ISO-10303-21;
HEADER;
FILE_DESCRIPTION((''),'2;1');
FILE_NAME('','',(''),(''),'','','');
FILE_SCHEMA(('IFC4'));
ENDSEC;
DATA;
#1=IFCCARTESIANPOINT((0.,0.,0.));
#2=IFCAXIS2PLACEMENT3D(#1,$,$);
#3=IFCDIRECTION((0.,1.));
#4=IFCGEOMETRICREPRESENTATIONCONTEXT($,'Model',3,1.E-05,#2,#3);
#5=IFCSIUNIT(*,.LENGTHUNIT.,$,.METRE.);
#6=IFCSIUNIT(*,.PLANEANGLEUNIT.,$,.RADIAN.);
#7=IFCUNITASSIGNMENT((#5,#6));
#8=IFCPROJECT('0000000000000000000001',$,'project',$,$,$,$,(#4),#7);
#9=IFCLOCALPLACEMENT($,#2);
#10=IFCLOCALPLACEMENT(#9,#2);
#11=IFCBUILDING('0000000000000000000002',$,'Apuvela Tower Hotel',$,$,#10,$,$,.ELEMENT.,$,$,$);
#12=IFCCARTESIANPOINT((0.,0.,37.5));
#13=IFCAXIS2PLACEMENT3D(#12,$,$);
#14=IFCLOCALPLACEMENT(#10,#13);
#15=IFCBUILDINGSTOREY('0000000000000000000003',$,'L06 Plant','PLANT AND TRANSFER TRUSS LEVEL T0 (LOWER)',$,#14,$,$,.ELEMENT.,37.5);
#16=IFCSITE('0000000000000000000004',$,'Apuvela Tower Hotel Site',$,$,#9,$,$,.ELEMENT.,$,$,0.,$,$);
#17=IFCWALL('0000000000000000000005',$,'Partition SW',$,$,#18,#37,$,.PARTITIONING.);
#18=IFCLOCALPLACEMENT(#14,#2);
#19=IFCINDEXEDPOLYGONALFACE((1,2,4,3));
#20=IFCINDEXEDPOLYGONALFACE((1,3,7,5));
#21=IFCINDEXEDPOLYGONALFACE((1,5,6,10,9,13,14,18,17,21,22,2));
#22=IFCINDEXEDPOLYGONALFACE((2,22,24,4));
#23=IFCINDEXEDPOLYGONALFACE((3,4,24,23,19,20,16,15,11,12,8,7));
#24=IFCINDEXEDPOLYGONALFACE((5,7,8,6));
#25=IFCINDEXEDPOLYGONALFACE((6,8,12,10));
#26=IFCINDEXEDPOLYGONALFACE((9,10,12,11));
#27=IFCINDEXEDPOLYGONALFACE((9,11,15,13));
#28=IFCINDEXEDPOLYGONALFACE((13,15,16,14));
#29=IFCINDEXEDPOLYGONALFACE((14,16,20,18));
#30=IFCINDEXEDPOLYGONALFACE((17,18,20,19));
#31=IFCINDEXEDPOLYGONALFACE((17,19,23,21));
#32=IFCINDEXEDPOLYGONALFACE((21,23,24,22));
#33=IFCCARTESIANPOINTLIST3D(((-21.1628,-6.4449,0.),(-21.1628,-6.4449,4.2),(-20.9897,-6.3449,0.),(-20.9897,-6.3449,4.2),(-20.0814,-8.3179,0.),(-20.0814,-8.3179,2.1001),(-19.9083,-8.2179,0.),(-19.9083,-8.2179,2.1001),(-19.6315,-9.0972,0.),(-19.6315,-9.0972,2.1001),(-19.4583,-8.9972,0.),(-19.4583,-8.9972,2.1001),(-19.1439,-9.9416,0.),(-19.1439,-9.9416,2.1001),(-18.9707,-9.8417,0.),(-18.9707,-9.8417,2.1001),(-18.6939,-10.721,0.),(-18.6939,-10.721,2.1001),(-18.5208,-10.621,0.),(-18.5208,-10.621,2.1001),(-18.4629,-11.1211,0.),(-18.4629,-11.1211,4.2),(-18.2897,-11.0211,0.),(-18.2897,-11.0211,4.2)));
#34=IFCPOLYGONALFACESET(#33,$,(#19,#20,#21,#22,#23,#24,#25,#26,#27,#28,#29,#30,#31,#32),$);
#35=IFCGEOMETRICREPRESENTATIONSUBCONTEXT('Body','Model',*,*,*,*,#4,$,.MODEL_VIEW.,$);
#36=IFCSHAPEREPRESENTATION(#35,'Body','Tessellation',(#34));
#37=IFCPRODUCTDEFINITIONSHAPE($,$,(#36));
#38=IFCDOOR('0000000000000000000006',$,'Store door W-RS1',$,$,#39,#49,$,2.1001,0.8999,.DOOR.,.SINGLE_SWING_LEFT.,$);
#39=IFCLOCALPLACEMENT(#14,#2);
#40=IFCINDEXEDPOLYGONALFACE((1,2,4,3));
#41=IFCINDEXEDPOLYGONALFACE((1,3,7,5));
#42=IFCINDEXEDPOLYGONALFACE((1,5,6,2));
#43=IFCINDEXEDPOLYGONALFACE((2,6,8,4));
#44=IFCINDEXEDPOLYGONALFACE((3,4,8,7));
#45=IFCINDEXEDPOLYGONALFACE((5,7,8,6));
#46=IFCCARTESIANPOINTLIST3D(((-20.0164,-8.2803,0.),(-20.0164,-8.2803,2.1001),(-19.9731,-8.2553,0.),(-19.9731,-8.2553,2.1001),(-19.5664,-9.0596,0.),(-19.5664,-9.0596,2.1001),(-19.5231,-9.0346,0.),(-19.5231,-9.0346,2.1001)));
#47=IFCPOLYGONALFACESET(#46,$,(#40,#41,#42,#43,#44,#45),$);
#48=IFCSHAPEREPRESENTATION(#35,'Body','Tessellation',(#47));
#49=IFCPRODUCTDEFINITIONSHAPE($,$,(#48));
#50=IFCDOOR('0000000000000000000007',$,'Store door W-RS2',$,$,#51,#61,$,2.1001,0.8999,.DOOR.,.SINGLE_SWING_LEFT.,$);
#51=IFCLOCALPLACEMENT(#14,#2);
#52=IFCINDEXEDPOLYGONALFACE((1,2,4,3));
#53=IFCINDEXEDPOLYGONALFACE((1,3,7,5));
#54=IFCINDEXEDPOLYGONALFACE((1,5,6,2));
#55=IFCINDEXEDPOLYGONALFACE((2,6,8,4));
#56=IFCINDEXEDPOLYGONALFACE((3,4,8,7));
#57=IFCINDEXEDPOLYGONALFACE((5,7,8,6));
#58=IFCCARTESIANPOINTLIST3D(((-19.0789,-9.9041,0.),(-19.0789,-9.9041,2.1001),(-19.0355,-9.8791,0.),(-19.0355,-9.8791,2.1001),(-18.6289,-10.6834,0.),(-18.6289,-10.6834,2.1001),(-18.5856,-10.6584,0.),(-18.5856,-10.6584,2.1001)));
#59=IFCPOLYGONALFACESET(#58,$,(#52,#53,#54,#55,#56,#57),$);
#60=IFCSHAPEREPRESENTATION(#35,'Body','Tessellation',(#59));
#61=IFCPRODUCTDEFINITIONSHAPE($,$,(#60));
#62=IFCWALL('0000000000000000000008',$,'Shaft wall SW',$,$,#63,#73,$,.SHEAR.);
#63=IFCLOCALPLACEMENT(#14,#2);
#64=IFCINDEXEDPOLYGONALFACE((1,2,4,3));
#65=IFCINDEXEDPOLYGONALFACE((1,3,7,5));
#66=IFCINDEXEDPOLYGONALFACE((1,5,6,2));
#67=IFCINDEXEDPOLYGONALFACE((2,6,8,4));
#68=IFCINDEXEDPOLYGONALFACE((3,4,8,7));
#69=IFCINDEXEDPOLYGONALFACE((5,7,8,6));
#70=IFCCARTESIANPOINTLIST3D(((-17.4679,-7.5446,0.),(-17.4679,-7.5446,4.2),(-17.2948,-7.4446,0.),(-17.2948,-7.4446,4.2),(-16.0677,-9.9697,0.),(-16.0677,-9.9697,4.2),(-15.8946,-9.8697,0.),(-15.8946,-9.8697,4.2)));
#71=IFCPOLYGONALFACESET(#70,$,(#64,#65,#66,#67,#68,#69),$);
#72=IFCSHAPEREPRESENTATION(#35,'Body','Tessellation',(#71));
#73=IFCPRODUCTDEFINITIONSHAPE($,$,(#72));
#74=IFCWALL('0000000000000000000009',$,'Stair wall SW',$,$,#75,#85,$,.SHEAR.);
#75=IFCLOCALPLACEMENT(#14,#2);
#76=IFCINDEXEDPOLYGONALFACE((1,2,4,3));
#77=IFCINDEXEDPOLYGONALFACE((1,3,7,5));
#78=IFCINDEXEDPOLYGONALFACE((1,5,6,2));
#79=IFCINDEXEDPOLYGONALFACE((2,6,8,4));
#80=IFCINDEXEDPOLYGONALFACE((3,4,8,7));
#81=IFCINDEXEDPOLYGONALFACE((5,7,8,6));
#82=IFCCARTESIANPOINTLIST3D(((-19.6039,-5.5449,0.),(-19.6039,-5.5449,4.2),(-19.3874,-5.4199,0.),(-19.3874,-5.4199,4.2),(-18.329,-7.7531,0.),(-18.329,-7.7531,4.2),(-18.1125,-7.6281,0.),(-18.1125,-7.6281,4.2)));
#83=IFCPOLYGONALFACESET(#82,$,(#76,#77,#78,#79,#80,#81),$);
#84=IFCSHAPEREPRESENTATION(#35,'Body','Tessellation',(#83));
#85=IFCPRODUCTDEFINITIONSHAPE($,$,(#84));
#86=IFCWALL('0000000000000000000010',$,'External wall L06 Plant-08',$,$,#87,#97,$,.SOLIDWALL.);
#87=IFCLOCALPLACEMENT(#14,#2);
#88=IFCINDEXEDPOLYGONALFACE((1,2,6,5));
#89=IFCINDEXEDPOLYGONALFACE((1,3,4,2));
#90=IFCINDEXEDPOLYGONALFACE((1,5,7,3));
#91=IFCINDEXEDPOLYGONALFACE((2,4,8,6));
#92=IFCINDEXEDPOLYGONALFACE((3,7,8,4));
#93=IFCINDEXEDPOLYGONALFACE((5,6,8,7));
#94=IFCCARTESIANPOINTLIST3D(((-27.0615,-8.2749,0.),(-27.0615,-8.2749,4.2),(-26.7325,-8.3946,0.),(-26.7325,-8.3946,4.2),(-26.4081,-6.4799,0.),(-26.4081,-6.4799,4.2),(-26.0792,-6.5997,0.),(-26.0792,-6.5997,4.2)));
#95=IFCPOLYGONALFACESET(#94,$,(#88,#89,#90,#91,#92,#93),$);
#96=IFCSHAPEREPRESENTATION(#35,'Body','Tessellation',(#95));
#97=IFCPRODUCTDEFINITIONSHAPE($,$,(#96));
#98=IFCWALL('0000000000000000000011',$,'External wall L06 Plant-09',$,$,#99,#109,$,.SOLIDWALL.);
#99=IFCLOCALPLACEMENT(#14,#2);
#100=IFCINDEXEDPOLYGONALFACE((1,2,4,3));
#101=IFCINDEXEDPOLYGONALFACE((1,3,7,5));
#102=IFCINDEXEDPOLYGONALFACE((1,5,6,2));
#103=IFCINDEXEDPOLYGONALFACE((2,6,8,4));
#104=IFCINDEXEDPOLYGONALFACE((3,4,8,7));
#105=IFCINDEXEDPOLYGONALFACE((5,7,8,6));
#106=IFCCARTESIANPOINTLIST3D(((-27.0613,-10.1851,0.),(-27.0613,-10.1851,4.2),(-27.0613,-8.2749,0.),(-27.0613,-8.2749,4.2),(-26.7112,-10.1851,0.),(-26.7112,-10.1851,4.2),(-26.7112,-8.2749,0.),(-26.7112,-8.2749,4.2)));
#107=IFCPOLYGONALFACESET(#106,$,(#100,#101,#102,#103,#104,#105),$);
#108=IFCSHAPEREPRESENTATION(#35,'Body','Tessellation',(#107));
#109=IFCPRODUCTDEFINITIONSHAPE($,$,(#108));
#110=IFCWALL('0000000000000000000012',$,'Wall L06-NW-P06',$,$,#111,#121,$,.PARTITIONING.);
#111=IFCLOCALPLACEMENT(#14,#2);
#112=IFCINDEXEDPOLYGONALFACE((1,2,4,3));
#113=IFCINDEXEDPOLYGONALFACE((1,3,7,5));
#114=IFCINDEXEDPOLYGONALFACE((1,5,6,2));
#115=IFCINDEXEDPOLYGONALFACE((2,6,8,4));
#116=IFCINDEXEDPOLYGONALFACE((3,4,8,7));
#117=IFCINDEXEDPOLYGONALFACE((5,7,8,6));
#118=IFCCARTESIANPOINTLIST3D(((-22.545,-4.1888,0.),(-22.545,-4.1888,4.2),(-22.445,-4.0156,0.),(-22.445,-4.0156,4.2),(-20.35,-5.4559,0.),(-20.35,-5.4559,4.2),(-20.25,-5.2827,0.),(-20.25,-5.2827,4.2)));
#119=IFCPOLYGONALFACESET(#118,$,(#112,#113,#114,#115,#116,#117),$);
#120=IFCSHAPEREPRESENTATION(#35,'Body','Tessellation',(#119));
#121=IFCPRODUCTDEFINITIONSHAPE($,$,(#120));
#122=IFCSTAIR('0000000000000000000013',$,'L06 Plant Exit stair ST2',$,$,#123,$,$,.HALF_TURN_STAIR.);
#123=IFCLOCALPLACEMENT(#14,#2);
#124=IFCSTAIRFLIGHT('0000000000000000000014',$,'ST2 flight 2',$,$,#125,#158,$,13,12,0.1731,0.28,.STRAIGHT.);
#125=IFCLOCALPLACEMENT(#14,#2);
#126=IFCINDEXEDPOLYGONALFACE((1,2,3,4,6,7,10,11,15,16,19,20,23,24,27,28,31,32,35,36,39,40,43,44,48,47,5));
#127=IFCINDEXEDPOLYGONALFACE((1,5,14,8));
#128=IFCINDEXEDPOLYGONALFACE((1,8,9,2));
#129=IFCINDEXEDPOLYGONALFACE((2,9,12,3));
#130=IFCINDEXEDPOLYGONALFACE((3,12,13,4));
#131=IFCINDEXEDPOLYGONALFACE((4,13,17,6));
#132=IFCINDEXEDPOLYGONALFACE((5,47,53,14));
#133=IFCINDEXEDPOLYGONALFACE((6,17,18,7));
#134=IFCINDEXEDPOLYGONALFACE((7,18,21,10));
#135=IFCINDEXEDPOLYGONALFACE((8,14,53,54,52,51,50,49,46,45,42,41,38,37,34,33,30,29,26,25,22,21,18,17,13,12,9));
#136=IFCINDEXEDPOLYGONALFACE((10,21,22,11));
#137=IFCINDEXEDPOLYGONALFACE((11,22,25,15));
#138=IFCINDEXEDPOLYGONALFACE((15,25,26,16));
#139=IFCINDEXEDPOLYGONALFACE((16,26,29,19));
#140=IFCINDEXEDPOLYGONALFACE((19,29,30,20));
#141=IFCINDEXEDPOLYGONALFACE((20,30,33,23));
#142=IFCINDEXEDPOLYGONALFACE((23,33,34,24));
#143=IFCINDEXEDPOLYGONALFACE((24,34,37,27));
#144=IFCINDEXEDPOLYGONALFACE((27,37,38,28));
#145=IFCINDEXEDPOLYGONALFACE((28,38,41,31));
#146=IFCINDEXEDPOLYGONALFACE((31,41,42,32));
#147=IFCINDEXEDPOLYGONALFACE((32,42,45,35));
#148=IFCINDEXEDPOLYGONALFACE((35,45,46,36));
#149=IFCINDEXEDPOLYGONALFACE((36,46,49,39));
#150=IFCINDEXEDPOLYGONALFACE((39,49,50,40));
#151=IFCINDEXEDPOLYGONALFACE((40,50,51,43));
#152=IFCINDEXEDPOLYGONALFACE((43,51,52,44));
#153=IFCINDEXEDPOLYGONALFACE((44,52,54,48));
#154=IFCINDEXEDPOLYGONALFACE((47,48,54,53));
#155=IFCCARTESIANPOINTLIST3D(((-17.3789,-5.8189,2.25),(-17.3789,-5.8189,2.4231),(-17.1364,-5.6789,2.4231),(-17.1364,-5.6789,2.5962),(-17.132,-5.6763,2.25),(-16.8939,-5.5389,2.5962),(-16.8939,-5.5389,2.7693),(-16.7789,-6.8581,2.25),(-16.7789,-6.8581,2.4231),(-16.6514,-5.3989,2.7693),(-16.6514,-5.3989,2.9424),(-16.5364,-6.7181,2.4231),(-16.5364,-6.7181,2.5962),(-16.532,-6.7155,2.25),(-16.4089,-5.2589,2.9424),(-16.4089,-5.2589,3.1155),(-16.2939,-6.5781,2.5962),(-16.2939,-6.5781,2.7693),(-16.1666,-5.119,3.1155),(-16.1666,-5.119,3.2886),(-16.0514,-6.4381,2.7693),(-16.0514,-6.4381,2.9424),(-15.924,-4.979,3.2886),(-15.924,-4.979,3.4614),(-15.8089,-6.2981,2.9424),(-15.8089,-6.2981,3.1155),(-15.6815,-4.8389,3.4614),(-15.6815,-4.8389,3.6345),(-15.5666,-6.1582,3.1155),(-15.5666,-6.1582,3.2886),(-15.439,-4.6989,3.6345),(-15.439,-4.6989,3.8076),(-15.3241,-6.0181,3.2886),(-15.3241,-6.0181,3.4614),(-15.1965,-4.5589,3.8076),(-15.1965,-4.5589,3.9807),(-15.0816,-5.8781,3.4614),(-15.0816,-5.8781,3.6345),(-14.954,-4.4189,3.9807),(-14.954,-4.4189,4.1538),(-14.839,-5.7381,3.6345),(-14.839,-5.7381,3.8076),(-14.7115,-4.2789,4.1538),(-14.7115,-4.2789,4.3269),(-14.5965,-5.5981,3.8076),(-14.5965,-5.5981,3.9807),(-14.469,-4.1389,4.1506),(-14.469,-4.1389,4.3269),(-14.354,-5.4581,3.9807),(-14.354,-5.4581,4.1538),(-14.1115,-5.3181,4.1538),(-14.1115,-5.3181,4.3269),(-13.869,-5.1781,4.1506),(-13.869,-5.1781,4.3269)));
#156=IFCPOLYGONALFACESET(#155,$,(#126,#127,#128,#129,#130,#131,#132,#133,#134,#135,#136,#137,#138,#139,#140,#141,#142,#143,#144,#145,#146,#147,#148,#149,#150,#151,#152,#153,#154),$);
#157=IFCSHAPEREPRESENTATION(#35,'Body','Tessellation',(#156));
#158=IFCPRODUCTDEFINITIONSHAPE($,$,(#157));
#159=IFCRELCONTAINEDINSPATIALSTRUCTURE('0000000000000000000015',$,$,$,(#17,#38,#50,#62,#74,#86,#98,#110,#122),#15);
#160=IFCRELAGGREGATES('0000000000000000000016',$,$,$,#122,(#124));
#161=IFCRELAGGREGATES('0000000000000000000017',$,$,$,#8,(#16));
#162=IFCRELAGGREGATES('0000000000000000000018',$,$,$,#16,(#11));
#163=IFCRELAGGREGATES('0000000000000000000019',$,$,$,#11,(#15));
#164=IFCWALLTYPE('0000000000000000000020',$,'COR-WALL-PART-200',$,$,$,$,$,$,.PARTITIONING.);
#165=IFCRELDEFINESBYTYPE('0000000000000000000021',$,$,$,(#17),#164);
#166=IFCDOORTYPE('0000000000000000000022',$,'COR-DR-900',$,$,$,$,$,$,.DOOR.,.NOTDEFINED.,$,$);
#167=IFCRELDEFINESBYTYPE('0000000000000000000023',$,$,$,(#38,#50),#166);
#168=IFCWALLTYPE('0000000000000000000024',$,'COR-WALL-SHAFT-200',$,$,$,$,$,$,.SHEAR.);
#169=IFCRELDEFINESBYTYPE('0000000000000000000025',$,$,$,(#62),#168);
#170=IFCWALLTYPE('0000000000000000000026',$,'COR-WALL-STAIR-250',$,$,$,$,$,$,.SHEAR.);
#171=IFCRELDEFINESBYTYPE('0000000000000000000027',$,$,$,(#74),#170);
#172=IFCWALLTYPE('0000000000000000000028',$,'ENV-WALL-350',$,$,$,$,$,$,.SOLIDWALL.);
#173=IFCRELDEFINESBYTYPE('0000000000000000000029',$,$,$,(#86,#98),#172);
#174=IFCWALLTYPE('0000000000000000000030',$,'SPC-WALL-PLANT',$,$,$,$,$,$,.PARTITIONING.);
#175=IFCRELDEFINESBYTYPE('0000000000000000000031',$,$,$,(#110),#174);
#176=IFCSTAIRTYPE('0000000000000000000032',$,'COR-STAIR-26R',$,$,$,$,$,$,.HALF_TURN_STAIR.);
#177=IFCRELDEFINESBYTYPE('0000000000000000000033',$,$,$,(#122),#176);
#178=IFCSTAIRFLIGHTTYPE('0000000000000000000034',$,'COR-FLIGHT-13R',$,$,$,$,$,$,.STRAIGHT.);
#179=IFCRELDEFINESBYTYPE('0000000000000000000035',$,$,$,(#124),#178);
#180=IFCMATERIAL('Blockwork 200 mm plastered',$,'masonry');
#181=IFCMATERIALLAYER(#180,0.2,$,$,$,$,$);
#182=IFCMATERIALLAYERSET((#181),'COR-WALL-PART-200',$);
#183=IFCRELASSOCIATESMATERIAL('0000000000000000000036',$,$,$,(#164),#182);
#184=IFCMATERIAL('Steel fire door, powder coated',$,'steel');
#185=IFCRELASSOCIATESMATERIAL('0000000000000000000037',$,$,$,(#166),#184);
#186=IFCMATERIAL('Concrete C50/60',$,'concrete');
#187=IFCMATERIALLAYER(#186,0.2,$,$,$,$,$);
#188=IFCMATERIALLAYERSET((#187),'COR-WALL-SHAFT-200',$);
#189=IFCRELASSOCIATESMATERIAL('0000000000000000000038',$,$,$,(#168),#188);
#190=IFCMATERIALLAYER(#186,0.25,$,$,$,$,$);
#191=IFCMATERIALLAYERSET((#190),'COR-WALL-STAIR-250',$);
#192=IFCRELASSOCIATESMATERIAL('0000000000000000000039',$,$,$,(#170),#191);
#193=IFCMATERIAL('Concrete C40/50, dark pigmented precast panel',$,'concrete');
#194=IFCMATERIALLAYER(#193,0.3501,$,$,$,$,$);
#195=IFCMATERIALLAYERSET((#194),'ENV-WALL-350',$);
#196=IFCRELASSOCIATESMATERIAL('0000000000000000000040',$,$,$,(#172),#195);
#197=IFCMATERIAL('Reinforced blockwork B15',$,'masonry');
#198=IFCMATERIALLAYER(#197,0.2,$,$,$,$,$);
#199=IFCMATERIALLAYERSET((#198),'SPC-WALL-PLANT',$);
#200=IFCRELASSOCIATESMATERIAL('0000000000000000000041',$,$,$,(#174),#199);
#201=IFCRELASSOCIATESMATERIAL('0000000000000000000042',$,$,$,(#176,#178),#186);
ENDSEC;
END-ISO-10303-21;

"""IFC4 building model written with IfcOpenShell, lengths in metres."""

from ifc_helpers import new_model, si_unit, direction, frame, frame_2d, origin, place, context, subcontext, project, spatial, polyline, rectangle, outline, extrude, material, layer, layer_set, type_object, element, fill, aggregate, save


model = new_model("IFC4")

# Units and contexts
model_context = context("Model", 3, precision=1e-05, world=origin(), true_north=direction((0.0, 1.0)))
body_context = subcontext(model_context, "Body", "Model", "MODEL_VIEW")
ifc_project = project(units=[si_unit("LENGTHUNIT", "METRE"), si_unit("PLANEANGLEUNIT", "RADIAN")], contexts=[model_context])

# Site, building, storey
site_placement = place(None, origin())
site = spatial("IfcSite", under=ifc_project, at=site_placement, Name="Apuvela Tower Hotel Site", CompositionType="ELEMENT", RefElevation=0.0)
building_placement = place(site_placement, origin())
building = spatial("IfcBuilding", under=site, at=building_placement, Name="Apuvela Tower Hotel", CompositionType="ELEMENT")
storey_placement = place(building_placement, frame((0.0, 0.0, 37.5)))
storey = spatial("IfcBuildingStorey", under=building, at=storey_placement, Name="L06 Plant", Description="PLANT AND TRANSFER TRUSS LEVEL T0 (LOWER)", CompositionType="ELEMENT", Elevation=37.5)

# Wall, openings, doors
ifc_material_1 = material(Name="Blockwork 200 mm plastered", Category="masonry")
ifc_layer_1 = layer(ifc_material_1, 0.2)
ifc_layer_set_1 = layer_set([ifc_layer_1], Name="COR-WALL-PART-200")
wall_type_1 = type_object("IfcWallType", Name="COR-WALL-PART-200", PredefinedType="PARTITIONING", material=ifc_layer_set_1)
wall_1_placement = place(storey_placement, frame((-21.0762, -6.395, 0.0), z_axis=(0.0, 0.0, 1.0), x_axis=(0.500015, -0.866017, 0.0)))
wall_1 = element("IfcWall", 1, at=wall_1_placement, inside=storey, type_object=wall_type_1, Name="Partition SW", PredefinedType="PARTITIONING", context=body_context, shape_type="SweptSolid", body=[
    extrude(rectangle(XDim=5.3997, YDim=0.2, at=frame_2d((2.6997, 0.0))), origin(), (0.0, 0.0, 1.0), 4.2),
])
opening_1_placement = place(wall_1_placement, frame((2.1626, 0.0, 0.0)))
opening_1 = element("IfcOpeningElement", 2, at=opening_1_placement, cuts=wall_1, PredefinedType="OPENING", context=body_context, shape_type="SweptSolid", body=[
    extrude(rectangle(XDim=0.8999, YDim=2.1001, at=frame_2d((0.45, 1.05))), frame((0.0, 0.1099, 0.0), z_axis=(0.0, -1.0, 0.0), x_axis=(1.0, 0.0, 0.0)), (0.0, 0.0, 1.0), 0.22),
])
opening_2_placement = place(wall_1_placement, frame((4.0376, 0.0, 0.0)))
opening_2 = element("IfcOpeningElement", 3, at=opening_2_placement, cuts=wall_1, PredefinedType="OPENING", context=body_context, shape_type="SweptSolid", body=[
    extrude(rectangle(XDim=0.8999, YDim=2.1001, at=frame_2d((0.45, 1.05))), frame((0.0, 0.1099, 0.0), z_axis=(0.0, -1.0, 0.0), x_axis=(1.0, 0.0, 0.0)), (0.0, 0.0, 1.0), 0.22),
])
ifc_material_2 = material(Name="Steel fire door, powder coated", Category="steel")
door_type_1 = type_object("IfcDoorType", Name="COR-DR-900", OperationType="NOTDEFINED", PredefinedType="DOOR", material=ifc_material_2)
door_1_placement = place(opening_1_placement, frame((0.8999, 0.0, 0.0), z_axis=(0.0, 0.0, 1.0), x_axis=(-1.0, 0.0, 0.0)))
door_1 = element("IfcDoor", 4, at=door_1_placement, inside=storey, type_object=door_type_1, Name="Store door W-RS1", OperationType="SINGLE_SWING_LEFT", OverallHeight=2.1001, OverallWidth=0.8999, PredefinedType="DOOR", context=body_context, shape_type="SweptSolid", body=[
    extrude(rectangle(XDim=0.8999, YDim=2.1001, at=frame_2d((0.45, 1.05))), frame((0.0, 0.0249, 0.0), z_axis=(0.0, -1.0, 0.0), x_axis=(1.0, 0.0, 0.0)), (0.0, 0.0, 1.0), 0.05),
])
fill(opening_1, door_1)
door_2_placement = place(opening_2_placement, frame((0.8999, 0.0, 0.0), z_axis=(0.0, 0.0, 1.0), x_axis=(-1.0, 0.0, 0.0)))
door_2 = element("IfcDoor", 5, at=door_2_placement, inside=storey, type_object=door_type_1, Name="Store door W-RS2", OperationType="SINGLE_SWING_LEFT", OverallHeight=2.1001, OverallWidth=0.8999, PredefinedType="DOOR", context=body_context, shape_type="SweptSolid", body=[
    extrude(rectangle(XDim=0.8999, YDim=2.1001, at=frame_2d((0.45, 1.05))), frame((0.0, 0.0249, 0.0), z_axis=(0.0, -1.0, 0.0), x_axis=(1.0, 0.0, 0.0)), (0.0, 0.0, 1.0), 0.05),
])
fill(opening_2, door_2)

# Walls
ifc_material_3 = material(Name="Concrete C50/60", Category="concrete")
ifc_layer_2 = layer(ifc_material_3, 0.2)
ifc_layer_set_2 = layer_set([ifc_layer_2], Name="COR-WALL-SHAFT-200")
wall_type_2 = type_object("IfcWallType", Name="COR-WALL-SHAFT-200", PredefinedType="SHEAR", material=ifc_layer_set_2)
wall_2_placement = place(storey_placement, frame((-17.3813, -7.4946, 0.0), z_axis=(0.0, 0.0, 1.0), x_axis=(0.500012, -0.866019, 0.0)))
element("IfcWall", 6, at=wall_2_placement, inside=storey, type_object=wall_type_2, Name="Shaft wall SW", PredefinedType="SHEAR", context=body_context, shape_type="SweptSolid", body=[
    extrude(rectangle(XDim=2.8003, YDim=0.2, at=frame_2d((1.4001, 0.0))), origin(), (0.0, 0.0, 1.0), 4.2),
])
ifc_layer_3 = layer(ifc_material_3, 0.25)
ifc_layer_set_3 = layer_set([ifc_layer_3], Name="COR-WALL-STAIR-250")
wall_type_3 = type_object("IfcWallType", Name="COR-WALL-STAIR-250", PredefinedType="SHEAR", material=ifc_layer_set_3)
wall_3_placement = place(storey_placement, frame((-19.4956, -5.4824, 0.0), z_axis=(0.0, 0.0, 1.0), x_axis=(0.49999, -0.866031, 0.0)))
element("IfcWall", 7, at=wall_3_placement, inside=storey, type_object=wall_type_3, Name="Stair wall SW", PredefinedType="SHEAR", context=body_context, shape_type="SweptSolid", body=[
    extrude(rectangle(XDim=2.5498, YDim=0.25, at=frame_2d((1.2749, 0.0))), origin(), (0.0, 0.0, 1.0), 4.2),
])
ifc_material_4 = material(Name="Concrete C40/50, dark pigmented precast panel", Category="concrete")
ifc_layer_4 = layer(ifc_material_4, 0.3501)
ifc_layer_set_4 = layer_set([ifc_layer_4], Name="ENV-WALL-350")
wall_type_4 = type_object("IfcWallType", Name="ENV-WALL-350", PredefinedType="SOLIDWALL", material=ifc_layer_set_4)
for number, where, z_axis, x_axis, name in (
    (8, (-26.2437, -6.5398, 0.0), (0.0, 0.0, 1.0), (-0.34203, -0.939689, 0.0), "External wall L06 Plant-08"),
    (9, (-26.8862, -8.2749, 0.0), (0.0, 0.0, 1.0), (0.0, -1.0, 0.0), "External wall L06 Plant-09"),
):
    element("IfcWall", number, at=place(storey_placement, frame(where, z_axis=z_axis, x_axis=x_axis)), inside=storey, type_object=wall_type_4, Name=name, PredefinedType="SOLIDWALL", context=body_context, shape_type="SweptSolid", body=[
        extrude(rectangle(XDim=1.9102, YDim=0.3501, at=frame_2d((0.9551, 0.0))), origin(), (0.0, 0.0, 1.0), 4.2),
    ])
ifc_material_5 = material(Name="Reinforced blockwork B15", Category="masonry")
ifc_layer_5 = layer(ifc_material_5, 0.2)
ifc_layer_set_5 = layer_set([ifc_layer_5], Name="SPC-WALL-PLANT")
wall_type_5 = type_object("IfcWallType", Name="SPC-WALL-PLANT", PredefinedType="PARTITIONING", material=ifc_layer_set_5)
wall_4_placement = place(storey_placement, frame((-22.4949, -4.1023, 0.0), z_axis=(0.0, 0.0, 1.0), x_axis=(0.866065, -0.499931, 0.0)))
element("IfcWall", 10, at=wall_4_placement, inside=storey, type_object=wall_type_5, Name="Wall L06-NW-P06", PredefinedType="PARTITIONING", context=body_context, shape_type="SweptSolid", body=[
    extrude(rectangle(XDim=2.5344, YDim=0.2, at=frame_2d((1.2671, 0.0))), origin(), (0.0, 0.0, 1.0), 4.2),
])

# Stair, stair flight
stair_type = type_object("IfcStairType", Name="COR-STAIR-26R", PredefinedType="HALF_TURN_STAIR", material=ifc_material_3)
stair_placement = place(storey_placement, origin())
stair = element("IfcStair", 11, at=stair_placement, inside=storey, type_object=stair_type, Name="L06 Plant Exit stair ST2", PredefinedType="HALF_TURN_STAIR")
stair_flight_type = type_object("IfcStairFlightType", Name="COR-FLIGHT-13R", PredefinedType="STRAIGHT", material=ifc_material_3)
stair_flight_placement = place(storey_placement, frame((-17.0789, -6.3386, 2.25), z_axis=(0.0, 0.0, 1.0), x_axis=(0.866025, 0.5, 0.0)))
stair_flight = element("IfcStairFlight", 12, at=stair_flight_placement, type_object=stair_flight_type, Name="ST2 flight 2", NumberOfRisers=13, NumberOfTreads=12, PredefinedType="STRAIGHT", RiserHeight=0.1731, TreadLength=0.28, context=body_context, shape_type="SweptSolid", body=[
    extrude(outline(polyline([(0.0, 0.0), (0.0, 0.1731), (0.28, 0.1731), (0.28, 0.3462), (0.5601, 0.3462), (0.5601, 0.5193), (0.8401, 0.5193), (0.8401, 0.6924), (1.1201, 0.6924), (1.1201, 0.8655), (1.3999, 0.8655), (1.3999, 1.0386), (1.6799, 1.0386), (1.6799, 1.2114), (1.96, 1.2114), (1.96, 1.3845), (2.24, 1.3845), (2.24, 1.5576), (2.52, 1.5576), (2.52, 1.7307), (2.8, 1.7307), (2.8, 1.9038), (3.0801, 1.9038), (3.0801, 2.0769), (3.3601, 2.0769), (3.3601, 2.25), (3.3601, 1.9006), (0.2852, 0.0), (0.0, 0.0)])), frame((0.0, 0.6001, 0.0), z_axis=(0.0, -1.0, 0.0), x_axis=(1.0, 0.0, 0.0)), (0.0, 0.0, 1.0), 1.2),
])
aggregate(stair, [stair_flight])

save(model, "model.ifc")
